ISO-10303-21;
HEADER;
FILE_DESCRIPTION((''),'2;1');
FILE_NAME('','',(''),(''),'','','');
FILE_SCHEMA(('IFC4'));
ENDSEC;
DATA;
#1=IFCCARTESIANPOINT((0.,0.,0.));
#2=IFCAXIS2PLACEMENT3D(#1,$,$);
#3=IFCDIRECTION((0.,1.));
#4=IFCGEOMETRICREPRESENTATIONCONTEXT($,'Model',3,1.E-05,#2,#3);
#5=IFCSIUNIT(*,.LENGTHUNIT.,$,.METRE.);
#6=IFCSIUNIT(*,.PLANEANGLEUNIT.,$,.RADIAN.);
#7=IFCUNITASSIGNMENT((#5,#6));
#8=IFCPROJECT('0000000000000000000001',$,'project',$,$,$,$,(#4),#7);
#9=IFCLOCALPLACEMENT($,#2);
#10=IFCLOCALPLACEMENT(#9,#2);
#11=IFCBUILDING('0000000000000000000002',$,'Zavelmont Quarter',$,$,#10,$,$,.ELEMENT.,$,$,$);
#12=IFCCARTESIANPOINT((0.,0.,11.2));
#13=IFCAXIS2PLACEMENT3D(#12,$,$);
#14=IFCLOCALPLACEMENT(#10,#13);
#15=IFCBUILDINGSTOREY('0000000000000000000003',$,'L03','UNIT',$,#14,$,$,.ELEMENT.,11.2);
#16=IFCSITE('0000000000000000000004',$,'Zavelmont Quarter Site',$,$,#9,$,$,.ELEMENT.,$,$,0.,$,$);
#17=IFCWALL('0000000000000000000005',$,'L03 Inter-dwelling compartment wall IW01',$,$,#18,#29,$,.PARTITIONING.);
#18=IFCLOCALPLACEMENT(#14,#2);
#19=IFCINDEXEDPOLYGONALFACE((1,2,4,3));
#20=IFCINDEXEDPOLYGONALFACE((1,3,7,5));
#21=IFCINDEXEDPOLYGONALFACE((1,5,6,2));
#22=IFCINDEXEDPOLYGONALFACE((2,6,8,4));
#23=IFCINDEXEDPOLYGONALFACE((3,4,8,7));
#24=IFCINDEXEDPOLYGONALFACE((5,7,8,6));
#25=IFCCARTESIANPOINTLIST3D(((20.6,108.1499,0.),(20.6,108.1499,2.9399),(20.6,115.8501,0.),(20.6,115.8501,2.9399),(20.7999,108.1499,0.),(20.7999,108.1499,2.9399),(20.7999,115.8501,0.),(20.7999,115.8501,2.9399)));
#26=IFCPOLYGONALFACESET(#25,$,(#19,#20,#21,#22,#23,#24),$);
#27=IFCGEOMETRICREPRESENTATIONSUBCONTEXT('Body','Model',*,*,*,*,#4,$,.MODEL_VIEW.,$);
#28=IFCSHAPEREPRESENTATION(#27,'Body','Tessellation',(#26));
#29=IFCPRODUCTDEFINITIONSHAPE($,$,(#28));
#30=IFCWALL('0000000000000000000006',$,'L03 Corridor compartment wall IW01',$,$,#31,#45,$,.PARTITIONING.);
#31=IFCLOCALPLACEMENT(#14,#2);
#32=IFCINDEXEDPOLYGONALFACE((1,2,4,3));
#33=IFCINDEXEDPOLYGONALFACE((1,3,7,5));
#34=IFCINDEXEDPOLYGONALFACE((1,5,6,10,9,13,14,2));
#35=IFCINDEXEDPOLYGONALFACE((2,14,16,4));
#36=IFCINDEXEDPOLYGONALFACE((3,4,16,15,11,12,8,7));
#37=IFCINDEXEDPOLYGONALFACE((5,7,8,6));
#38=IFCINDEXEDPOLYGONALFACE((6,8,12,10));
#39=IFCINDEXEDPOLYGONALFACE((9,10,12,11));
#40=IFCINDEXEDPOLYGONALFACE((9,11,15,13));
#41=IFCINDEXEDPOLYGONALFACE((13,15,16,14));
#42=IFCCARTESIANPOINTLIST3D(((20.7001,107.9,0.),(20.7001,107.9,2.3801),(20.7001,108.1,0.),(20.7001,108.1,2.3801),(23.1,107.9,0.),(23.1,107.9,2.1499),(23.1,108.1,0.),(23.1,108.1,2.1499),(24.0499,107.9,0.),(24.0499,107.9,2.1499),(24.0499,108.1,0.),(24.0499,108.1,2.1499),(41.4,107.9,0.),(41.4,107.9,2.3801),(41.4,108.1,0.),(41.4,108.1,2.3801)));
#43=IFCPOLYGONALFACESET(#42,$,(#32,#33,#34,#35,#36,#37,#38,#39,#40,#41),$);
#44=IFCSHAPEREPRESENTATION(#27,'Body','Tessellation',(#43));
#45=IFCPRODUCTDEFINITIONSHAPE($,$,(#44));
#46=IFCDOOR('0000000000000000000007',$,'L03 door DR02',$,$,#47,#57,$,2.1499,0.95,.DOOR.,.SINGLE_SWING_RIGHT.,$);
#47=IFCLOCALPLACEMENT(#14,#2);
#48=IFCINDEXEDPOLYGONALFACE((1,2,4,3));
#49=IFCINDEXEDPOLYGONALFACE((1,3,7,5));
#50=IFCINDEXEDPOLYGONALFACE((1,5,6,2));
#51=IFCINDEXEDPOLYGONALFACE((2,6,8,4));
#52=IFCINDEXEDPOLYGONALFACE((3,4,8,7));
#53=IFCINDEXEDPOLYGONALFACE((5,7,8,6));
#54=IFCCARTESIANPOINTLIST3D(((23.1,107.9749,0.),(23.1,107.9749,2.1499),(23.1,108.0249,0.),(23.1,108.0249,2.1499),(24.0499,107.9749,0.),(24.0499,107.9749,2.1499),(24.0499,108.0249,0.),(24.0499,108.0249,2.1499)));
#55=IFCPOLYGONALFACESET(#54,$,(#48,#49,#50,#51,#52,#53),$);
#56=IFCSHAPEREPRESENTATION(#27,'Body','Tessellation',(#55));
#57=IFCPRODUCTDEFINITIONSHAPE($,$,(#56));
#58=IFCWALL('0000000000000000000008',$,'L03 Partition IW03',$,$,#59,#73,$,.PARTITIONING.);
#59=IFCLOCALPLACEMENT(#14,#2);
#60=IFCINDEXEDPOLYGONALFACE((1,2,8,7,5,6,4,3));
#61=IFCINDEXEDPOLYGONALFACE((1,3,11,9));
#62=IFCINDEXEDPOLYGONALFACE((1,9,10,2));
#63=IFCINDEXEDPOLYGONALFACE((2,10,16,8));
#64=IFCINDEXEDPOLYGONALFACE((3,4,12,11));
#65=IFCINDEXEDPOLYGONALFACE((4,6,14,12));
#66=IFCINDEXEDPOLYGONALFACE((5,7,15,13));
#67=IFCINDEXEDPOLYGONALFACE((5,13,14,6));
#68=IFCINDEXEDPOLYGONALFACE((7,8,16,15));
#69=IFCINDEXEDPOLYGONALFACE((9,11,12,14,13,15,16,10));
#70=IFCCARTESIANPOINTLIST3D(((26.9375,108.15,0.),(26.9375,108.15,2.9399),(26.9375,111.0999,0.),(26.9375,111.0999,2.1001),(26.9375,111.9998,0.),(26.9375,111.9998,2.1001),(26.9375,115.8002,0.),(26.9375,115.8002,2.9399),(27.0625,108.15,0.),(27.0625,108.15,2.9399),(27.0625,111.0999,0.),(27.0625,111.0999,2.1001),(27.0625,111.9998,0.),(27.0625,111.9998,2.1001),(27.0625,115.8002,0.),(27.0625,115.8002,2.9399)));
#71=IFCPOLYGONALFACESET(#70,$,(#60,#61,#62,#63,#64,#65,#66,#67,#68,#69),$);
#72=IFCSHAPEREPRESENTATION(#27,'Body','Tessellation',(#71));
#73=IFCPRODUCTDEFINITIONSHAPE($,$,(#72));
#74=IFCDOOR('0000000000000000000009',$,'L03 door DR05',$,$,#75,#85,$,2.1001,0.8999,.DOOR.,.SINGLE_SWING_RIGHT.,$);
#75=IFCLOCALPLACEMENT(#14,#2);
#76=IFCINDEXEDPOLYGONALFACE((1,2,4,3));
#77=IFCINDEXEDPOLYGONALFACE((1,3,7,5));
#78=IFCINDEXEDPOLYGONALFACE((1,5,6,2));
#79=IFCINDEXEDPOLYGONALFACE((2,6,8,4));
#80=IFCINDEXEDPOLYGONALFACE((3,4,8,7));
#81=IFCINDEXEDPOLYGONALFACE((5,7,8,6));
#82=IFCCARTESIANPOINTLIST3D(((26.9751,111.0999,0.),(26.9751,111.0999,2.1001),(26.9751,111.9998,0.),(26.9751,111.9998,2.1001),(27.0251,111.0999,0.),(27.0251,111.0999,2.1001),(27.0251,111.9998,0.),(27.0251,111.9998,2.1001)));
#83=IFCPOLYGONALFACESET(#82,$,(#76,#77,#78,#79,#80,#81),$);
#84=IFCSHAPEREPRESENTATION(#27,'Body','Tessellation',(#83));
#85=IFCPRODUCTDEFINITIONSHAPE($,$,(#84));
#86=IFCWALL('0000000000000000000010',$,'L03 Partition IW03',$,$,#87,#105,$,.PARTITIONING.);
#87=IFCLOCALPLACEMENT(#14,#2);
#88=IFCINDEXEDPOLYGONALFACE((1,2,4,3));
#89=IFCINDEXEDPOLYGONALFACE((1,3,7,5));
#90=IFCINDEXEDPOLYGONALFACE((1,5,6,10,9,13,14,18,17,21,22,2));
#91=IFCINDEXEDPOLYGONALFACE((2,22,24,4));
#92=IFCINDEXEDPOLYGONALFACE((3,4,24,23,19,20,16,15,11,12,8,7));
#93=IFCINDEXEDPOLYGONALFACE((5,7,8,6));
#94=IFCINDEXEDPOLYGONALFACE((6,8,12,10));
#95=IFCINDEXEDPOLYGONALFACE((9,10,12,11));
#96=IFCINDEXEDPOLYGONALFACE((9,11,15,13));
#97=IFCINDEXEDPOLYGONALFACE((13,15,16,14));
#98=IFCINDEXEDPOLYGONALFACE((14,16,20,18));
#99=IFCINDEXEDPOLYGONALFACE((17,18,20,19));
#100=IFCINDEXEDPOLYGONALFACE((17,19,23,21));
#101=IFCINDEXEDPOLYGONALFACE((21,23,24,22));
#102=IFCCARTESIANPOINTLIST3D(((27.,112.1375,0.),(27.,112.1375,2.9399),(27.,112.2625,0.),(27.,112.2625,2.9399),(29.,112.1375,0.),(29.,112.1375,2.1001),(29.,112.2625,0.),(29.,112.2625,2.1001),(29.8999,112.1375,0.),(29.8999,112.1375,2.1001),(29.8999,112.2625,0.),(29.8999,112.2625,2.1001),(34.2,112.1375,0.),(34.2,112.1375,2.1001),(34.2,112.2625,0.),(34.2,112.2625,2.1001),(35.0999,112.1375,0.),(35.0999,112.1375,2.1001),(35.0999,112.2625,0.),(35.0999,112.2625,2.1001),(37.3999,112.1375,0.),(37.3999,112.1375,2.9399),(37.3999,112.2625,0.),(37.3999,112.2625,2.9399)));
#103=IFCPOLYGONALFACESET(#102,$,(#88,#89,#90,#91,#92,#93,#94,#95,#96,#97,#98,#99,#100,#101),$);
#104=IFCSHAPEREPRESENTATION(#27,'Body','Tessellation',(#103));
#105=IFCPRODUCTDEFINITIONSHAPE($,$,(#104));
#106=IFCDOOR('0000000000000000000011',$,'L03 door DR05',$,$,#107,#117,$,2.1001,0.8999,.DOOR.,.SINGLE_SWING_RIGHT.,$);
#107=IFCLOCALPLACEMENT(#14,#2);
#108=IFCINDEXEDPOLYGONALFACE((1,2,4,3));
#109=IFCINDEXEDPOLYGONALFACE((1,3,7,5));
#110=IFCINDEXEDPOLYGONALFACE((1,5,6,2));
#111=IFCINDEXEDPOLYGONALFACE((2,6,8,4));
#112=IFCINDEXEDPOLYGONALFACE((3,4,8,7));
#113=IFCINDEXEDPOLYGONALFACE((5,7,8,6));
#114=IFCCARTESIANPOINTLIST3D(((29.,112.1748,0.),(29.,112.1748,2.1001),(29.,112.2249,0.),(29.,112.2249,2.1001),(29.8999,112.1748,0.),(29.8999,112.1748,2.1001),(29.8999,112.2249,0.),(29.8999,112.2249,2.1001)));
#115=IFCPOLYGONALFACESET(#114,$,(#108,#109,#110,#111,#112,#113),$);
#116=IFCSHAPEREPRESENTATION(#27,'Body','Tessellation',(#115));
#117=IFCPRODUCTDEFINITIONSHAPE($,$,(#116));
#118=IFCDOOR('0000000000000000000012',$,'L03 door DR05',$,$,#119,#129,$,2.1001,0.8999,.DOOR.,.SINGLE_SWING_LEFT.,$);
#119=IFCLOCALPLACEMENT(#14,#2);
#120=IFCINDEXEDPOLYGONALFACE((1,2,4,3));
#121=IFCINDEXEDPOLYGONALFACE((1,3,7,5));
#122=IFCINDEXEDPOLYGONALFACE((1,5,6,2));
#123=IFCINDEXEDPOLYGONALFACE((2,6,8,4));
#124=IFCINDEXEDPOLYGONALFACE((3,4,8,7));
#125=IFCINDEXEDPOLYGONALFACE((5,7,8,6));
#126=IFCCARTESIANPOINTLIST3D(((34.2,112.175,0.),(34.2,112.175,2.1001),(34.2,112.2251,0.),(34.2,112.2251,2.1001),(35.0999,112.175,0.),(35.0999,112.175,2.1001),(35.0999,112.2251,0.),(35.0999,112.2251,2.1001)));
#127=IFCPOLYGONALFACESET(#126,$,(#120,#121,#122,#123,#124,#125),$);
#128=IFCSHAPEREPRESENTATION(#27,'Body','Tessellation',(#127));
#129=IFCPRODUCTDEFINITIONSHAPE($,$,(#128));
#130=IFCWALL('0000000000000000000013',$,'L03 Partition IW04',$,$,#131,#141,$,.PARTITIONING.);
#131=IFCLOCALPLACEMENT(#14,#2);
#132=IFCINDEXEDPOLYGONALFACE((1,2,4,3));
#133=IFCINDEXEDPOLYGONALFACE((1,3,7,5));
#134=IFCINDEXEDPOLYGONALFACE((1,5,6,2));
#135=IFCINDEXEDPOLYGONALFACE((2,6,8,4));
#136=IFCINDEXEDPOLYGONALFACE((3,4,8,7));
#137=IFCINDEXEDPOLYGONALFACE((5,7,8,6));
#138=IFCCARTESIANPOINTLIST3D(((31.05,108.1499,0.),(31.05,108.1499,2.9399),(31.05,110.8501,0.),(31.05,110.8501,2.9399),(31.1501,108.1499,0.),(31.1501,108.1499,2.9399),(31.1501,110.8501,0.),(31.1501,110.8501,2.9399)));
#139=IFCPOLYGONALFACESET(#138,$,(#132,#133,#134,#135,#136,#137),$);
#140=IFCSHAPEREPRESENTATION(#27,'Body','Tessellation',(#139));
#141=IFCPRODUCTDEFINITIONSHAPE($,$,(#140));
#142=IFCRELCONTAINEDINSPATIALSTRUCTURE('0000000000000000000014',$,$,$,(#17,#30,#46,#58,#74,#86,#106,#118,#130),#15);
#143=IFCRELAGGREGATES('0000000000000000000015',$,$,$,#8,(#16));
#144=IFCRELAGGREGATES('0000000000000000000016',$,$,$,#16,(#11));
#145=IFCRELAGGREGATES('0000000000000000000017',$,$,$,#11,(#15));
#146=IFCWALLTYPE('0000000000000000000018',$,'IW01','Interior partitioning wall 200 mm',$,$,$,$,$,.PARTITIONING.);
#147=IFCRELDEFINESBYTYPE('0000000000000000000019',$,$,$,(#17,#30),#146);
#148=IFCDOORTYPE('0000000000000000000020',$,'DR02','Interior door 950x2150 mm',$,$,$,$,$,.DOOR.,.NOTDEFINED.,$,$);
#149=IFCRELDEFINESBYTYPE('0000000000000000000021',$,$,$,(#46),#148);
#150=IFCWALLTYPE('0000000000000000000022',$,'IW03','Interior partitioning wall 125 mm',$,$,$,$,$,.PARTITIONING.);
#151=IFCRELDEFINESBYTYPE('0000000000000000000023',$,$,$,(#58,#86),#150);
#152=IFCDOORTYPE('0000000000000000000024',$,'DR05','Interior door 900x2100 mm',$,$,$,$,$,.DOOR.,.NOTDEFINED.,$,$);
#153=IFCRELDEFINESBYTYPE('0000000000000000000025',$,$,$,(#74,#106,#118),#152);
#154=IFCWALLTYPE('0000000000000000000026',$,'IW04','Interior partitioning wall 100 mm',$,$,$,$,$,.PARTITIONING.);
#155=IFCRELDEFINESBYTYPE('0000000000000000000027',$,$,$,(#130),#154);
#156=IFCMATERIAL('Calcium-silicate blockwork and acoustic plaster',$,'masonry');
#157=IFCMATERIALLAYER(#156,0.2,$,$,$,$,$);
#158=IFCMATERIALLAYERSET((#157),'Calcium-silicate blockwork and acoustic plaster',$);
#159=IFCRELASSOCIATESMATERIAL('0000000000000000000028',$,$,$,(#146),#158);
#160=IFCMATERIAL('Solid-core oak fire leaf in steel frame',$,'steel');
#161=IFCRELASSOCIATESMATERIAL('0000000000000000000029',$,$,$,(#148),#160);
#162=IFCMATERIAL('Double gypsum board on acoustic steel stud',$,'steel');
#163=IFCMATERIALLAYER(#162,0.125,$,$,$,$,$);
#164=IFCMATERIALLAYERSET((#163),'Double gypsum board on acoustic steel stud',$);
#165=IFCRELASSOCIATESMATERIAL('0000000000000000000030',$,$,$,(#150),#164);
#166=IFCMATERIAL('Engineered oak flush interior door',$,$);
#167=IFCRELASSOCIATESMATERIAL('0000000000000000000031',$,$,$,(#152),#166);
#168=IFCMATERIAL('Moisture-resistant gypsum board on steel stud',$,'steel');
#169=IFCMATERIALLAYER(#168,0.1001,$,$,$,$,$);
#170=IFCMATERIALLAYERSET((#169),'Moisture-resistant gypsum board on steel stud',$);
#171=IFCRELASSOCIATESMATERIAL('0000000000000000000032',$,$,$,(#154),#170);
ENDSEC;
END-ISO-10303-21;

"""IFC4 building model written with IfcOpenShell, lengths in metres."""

from ifc_helpers import new_model, si_unit, direction, frame, frame_2d, origin, origin_with_axes, place, context, subcontext, project, spatial, rectangle, extrude, material, layer, layer_set, type_object, element, fill, save


model = new_model("IFC4")

# Units and contexts
model_context = context("Model", 3, precision=1e-05, world=origin(), true_north=direction((0.0, 1.0)))
body_context = subcontext(model_context, "Body", "Model", "MODEL_VIEW")
ifc_project = project(units=[si_unit("LENGTHUNIT", "METRE"), si_unit("PLANEANGLEUNIT", "RADIAN")], contexts=[model_context])

# Site, building, storey
site_placement = place(None, origin())
site = spatial("IfcSite", under=ifc_project, at=site_placement, Name="Zavelmont Quarter Site", CompositionType="ELEMENT", RefElevation=0.0)
building_placement = place(site_placement, origin())
building = spatial("IfcBuilding", under=site, at=building_placement, Name="Zavelmont Quarter", CompositionType="ELEMENT")
storey_placement = place(building_placement, frame((0.0, 0.0, 11.2)))
storey = spatial("IfcBuildingStorey", under=building, at=storey_placement, Name="L03", Description="UNIT", CompositionType="ELEMENT", Elevation=11.2)

# Wall
ifc_material_1 = material(Name="Calcium-silicate blockwork and acoustic plaster", Category="masonry")
ifc_layer_1 = layer(ifc_material_1, 0.2)
ifc_layer_set_1 = layer_set([ifc_layer_1], Name="Calcium-silicate blockwork and acoustic plaster")
wall_type_1 = type_object("IfcWallType", Name="IW01", Description="Interior partitioning wall 200 mm", PredefinedType="PARTITIONING", material=ifc_layer_set_1)
wall_1_placement = place(storey_placement, frame((20.7, 108.1499, 0.0), z_axis=(0.0, 0.0, 1.0), x_axis=(0.0, 1.0, 0.0)))
element("IfcWall", 1, at=wall_1_placement, inside=storey, type_object=wall_type_1, Name="L03 Inter-dwelling compartment wall IW01", PredefinedType="PARTITIONING", context=body_context, shape_type="SweptSolid", body=[
    extrude(rectangle(XDim=7.7002, YDim=0.2, at=frame_2d((3.8501, 0.0))), origin(), (0.0, 0.0, 1.0), 2.9399),
])

# Walls, openings, doors
wall_2_placement = place(storey_placement, frame((20.7, 108.0, 0.0), z_axis=(0.0, 0.0, 1.0), x_axis=(1.0, 0.0, 0.0)))
wall_2 = element("IfcWall", 2, at=wall_2_placement, inside=storey, type_object=wall_type_1, Name="L03 Corridor compartment wall IW01", PredefinedType="PARTITIONING", context=body_context, shape_type="SweptSolid", body=[
    extrude(rectangle(XDim=20.7, YDim=0.2, at=frame_2d((10.3501, 0.0))), origin(), (0.0, 0.0, 1.0), 2.3801),
])
opening_1_placement = place(wall_2_placement, frame((2.3999, 0.0, 0.0)))
opening_1 = element("IfcOpeningElement", 3, at=opening_1_placement, cuts=wall_2, PredefinedType="OPENING", context=body_context, shape_type="SweptSolid", body=[
    extrude(rectangle(XDim=0.95, YDim=2.1499, at=frame_2d((0.4751, 1.075))), frame((0.0, 0.1118, 0.0), z_axis=(0.0, -1.0, 0.0), x_axis=(1.0, 0.0, 0.0)), (0.0, 0.0, 1.0), 0.2239),
])
ifc_material_2 = material(Name="Solid-core oak fire leaf in steel frame", Category="steel")
door_type_1 = type_object("IfcDoorType", Name="DR02", Description="Interior door 950x2150 mm", OperationType="NOTDEFINED", PredefinedType="DOOR", material=ifc_material_2)
door_1_placement = place(opening_1_placement, origin_with_axes())
door_1 = element("IfcDoor", 4, at=door_1_placement, inside=storey, type_object=door_type_1, Name="L03 door DR02", OperationType="SINGLE_SWING_RIGHT", OverallHeight=2.1499, OverallWidth=0.95, PredefinedType="DOOR", context=body_context, shape_type="SweptSolid", body=[
    extrude(rectangle(XDim=0.95, YDim=2.1499, at=frame_2d((0.4751, 1.075))), frame((0.0, 0.0249, 0.0), z_axis=(0.0, -1.0, 0.0), x_axis=(1.0, 0.0, 0.0)), (0.0, 0.0, 1.0), 0.05),
])
fill(opening_1, door_1)
ifc_material_3 = material(Name="Double gypsum board on acoustic steel stud", Category="steel")
ifc_layer_2 = layer(ifc_material_3, 0.125)
ifc_layer_set_2 = layer_set([ifc_layer_2], Name="Double gypsum board on acoustic steel stud")
wall_type_2 = type_object("IfcWallType", Name="IW03", Description="Interior partitioning wall 125 mm", PredefinedType="PARTITIONING", material=ifc_layer_set_2)
wall_3_placement = place(storey_placement, frame((27.0, 108.1499, 0.0), z_axis=(0.0, 0.0, 1.0), x_axis=(0.0, 1.0, 0.0)))
wall_3 = element("IfcWall", 5, at=wall_3_placement, inside=storey, type_object=wall_type_2, Name="L03 Partition IW03", PredefinedType="PARTITIONING", context=body_context, shape_type="SweptSolid", body=[
    extrude(rectangle(XDim=7.6501, YDim=0.125, at=frame_2d((3.8252, 0.0))), origin(), (0.0, 0.0, 1.0), 2.9399),
])
opening_2_placement = place(wall_3_placement, frame((2.95, 0.0, 0.0)))
opening_2 = element("IfcOpeningElement", 6, at=opening_2_placement, cuts=wall_3, PredefinedType="OPENING", context=body_context, shape_type="SweptSolid", body=[
    extrude(rectangle(XDim=0.8999, YDim=2.1001, at=frame_2d((0.45, 1.05))), frame((0.0, 0.0745, 0.0), z_axis=(0.0, -1.0, 0.0), x_axis=(1.0, 0.0, 0.0)), (0.0, 0.0, 1.0), 0.1489),
])
ifc_material_4 = material(Name="Engineered oak flush interior door")
door_type_2 = type_object("IfcDoorType", Name="DR05", Description="Interior door 900x2100 mm", OperationType="NOTDEFINED", PredefinedType="DOOR", material=ifc_material_4)
door_2_placement = place(opening_2_placement, origin_with_axes())
door_2 = element("IfcDoor", 7, at=door_2_placement, inside=storey, type_object=door_type_2, Name="L03 door DR05", OperationType="SINGLE_SWING_RIGHT", OverallHeight=2.1001, OverallWidth=0.8999, PredefinedType="DOOR", context=body_context, shape_type="SweptSolid", body=[
    extrude(rectangle(XDim=0.8999, YDim=2.1001, at=frame_2d((0.45, 1.05))), frame((0.0, 0.0249, 0.0), z_axis=(0.0, -1.0, 0.0), x_axis=(1.0, 0.0, 0.0)), (0.0, 0.0, 1.0), 0.05),
])
fill(opening_2, door_2)

# Wall, openings, doors
wall_4_placement = place(storey_placement, frame((27.0, 112.2, 0.0), z_axis=(0.0, 0.0, 1.0), x_axis=(1.0, 0.0, 0.0)))
wall_4 = element("IfcWall", 8, at=wall_4_placement, inside=storey, type_object=wall_type_2, Name="L03 Partition IW03", PredefinedType="PARTITIONING", context=body_context, shape_type="SweptSolid", body=[
    extrude(rectangle(XDim=10.3999, YDim=0.125, at=frame_2d((5.2, 0.0))), origin(), (0.0, 0.0, 1.0), 2.9399),
])
opening_3_placement = place(wall_4_placement, frame((2.0, 0.0, 0.0)))
opening_3 = element("IfcOpeningElement", 9, at=opening_3_placement, cuts=wall_4, PredefinedType="OPENING", context=body_context, shape_type="SweptSolid", body=[
    extrude(rectangle(XDim=0.8999, YDim=2.1001, at=frame_2d((0.45, 1.05))), frame((0.0, 0.0745, 0.0), z_axis=(0.0, -1.0, 0.0), x_axis=(1.0, 0.0, 0.0)), (0.0, 0.0, 1.0), 0.1489),
])
opening_4_placement = place(wall_4_placement, frame((7.2, 0.0, 0.0)))
opening_4 = element("IfcOpeningElement", 10, at=opening_4_placement, cuts=wall_4, PredefinedType="OPENING", context=body_context, shape_type="SweptSolid", body=[
    extrude(rectangle(XDim=0.8999, YDim=2.1001, at=frame_2d((0.45, 1.05))), frame((0.0, 0.0745, 0.0), z_axis=(0.0, -1.0, 0.0), x_axis=(1.0, 0.0, 0.0)), (0.0, 0.0, 1.0), 0.1489),
])
door_3_placement = place(opening_3_placement, origin_with_axes())
door_3 = element("IfcDoor", 11, at=door_3_placement, inside=storey, type_object=door_type_2, Name="L03 door DR05", OperationType="SINGLE_SWING_RIGHT", OverallHeight=2.1001, OverallWidth=0.8999, PredefinedType="DOOR", context=body_context, shape_type="SweptSolid", body=[
    extrude(rectangle(XDim=0.8999, YDim=2.1001, at=frame_2d((0.45, 1.05))), frame((0.0, 0.0249, 0.0), z_axis=(0.0, -1.0, 0.0), x_axis=(1.0, 0.0, 0.0)), (0.0, 0.0, 1.0), 0.05),
])
fill(opening_3, door_3)
door_4_placement = place(opening_4_placement, frame((0.8999, 0.0, 0.0), z_axis=(0.0, 0.0, 1.0), x_axis=(-1.0, 0.0, 0.0)))
door_4 = element("IfcDoor", 12, at=door_4_placement, inside=storey, type_object=door_type_2, Name="L03 door DR05", OperationType="SINGLE_SWING_LEFT", OverallHeight=2.1001, OverallWidth=0.8999, PredefinedType="DOOR", context=body_context, shape_type="SweptSolid", body=[
    extrude(rectangle(XDim=0.8999, YDim=2.1001, at=frame_2d((0.45, 1.05))), frame((0.0, 0.0249, 0.0), z_axis=(0.0, -1.0, 0.0), x_axis=(1.0, 0.0, 0.0)), (0.0, 0.0, 1.0), 0.05),
])
fill(opening_4, door_4)

# Wall
ifc_material_5 = material(Name="Moisture-resistant gypsum board on steel stud", Category="steel")
ifc_layer_3 = layer(ifc_material_5, 0.1001)
ifc_layer_set_3 = layer_set([ifc_layer_3], Name="Moisture-resistant gypsum board on steel stud")
wall_type_3 = type_object("IfcWallType", Name="IW04", Description="Interior partitioning wall 100 mm", PredefinedType="PARTITIONING", material=ifc_layer_set_3)
wall_5_placement = place(storey_placement, frame((31.1001, 108.1499, 0.0), z_axis=(0.0, 0.0, 1.0), x_axis=(0.0, 1.0, 0.0)))
element("IfcWall", 13, at=wall_5_placement, inside=storey, type_object=wall_type_3, Name="L03 Partition IW04", PredefinedType="PARTITIONING", context=body_context, shape_type="SweptSolid", body=[
    extrude(rectangle(XDim=2.7002, YDim=0.1001, at=frame_2d((1.3501, 0.0))), origin(), (0.0, 0.0, 1.0), 2.9399),
])

save(model, "model.ifc")
